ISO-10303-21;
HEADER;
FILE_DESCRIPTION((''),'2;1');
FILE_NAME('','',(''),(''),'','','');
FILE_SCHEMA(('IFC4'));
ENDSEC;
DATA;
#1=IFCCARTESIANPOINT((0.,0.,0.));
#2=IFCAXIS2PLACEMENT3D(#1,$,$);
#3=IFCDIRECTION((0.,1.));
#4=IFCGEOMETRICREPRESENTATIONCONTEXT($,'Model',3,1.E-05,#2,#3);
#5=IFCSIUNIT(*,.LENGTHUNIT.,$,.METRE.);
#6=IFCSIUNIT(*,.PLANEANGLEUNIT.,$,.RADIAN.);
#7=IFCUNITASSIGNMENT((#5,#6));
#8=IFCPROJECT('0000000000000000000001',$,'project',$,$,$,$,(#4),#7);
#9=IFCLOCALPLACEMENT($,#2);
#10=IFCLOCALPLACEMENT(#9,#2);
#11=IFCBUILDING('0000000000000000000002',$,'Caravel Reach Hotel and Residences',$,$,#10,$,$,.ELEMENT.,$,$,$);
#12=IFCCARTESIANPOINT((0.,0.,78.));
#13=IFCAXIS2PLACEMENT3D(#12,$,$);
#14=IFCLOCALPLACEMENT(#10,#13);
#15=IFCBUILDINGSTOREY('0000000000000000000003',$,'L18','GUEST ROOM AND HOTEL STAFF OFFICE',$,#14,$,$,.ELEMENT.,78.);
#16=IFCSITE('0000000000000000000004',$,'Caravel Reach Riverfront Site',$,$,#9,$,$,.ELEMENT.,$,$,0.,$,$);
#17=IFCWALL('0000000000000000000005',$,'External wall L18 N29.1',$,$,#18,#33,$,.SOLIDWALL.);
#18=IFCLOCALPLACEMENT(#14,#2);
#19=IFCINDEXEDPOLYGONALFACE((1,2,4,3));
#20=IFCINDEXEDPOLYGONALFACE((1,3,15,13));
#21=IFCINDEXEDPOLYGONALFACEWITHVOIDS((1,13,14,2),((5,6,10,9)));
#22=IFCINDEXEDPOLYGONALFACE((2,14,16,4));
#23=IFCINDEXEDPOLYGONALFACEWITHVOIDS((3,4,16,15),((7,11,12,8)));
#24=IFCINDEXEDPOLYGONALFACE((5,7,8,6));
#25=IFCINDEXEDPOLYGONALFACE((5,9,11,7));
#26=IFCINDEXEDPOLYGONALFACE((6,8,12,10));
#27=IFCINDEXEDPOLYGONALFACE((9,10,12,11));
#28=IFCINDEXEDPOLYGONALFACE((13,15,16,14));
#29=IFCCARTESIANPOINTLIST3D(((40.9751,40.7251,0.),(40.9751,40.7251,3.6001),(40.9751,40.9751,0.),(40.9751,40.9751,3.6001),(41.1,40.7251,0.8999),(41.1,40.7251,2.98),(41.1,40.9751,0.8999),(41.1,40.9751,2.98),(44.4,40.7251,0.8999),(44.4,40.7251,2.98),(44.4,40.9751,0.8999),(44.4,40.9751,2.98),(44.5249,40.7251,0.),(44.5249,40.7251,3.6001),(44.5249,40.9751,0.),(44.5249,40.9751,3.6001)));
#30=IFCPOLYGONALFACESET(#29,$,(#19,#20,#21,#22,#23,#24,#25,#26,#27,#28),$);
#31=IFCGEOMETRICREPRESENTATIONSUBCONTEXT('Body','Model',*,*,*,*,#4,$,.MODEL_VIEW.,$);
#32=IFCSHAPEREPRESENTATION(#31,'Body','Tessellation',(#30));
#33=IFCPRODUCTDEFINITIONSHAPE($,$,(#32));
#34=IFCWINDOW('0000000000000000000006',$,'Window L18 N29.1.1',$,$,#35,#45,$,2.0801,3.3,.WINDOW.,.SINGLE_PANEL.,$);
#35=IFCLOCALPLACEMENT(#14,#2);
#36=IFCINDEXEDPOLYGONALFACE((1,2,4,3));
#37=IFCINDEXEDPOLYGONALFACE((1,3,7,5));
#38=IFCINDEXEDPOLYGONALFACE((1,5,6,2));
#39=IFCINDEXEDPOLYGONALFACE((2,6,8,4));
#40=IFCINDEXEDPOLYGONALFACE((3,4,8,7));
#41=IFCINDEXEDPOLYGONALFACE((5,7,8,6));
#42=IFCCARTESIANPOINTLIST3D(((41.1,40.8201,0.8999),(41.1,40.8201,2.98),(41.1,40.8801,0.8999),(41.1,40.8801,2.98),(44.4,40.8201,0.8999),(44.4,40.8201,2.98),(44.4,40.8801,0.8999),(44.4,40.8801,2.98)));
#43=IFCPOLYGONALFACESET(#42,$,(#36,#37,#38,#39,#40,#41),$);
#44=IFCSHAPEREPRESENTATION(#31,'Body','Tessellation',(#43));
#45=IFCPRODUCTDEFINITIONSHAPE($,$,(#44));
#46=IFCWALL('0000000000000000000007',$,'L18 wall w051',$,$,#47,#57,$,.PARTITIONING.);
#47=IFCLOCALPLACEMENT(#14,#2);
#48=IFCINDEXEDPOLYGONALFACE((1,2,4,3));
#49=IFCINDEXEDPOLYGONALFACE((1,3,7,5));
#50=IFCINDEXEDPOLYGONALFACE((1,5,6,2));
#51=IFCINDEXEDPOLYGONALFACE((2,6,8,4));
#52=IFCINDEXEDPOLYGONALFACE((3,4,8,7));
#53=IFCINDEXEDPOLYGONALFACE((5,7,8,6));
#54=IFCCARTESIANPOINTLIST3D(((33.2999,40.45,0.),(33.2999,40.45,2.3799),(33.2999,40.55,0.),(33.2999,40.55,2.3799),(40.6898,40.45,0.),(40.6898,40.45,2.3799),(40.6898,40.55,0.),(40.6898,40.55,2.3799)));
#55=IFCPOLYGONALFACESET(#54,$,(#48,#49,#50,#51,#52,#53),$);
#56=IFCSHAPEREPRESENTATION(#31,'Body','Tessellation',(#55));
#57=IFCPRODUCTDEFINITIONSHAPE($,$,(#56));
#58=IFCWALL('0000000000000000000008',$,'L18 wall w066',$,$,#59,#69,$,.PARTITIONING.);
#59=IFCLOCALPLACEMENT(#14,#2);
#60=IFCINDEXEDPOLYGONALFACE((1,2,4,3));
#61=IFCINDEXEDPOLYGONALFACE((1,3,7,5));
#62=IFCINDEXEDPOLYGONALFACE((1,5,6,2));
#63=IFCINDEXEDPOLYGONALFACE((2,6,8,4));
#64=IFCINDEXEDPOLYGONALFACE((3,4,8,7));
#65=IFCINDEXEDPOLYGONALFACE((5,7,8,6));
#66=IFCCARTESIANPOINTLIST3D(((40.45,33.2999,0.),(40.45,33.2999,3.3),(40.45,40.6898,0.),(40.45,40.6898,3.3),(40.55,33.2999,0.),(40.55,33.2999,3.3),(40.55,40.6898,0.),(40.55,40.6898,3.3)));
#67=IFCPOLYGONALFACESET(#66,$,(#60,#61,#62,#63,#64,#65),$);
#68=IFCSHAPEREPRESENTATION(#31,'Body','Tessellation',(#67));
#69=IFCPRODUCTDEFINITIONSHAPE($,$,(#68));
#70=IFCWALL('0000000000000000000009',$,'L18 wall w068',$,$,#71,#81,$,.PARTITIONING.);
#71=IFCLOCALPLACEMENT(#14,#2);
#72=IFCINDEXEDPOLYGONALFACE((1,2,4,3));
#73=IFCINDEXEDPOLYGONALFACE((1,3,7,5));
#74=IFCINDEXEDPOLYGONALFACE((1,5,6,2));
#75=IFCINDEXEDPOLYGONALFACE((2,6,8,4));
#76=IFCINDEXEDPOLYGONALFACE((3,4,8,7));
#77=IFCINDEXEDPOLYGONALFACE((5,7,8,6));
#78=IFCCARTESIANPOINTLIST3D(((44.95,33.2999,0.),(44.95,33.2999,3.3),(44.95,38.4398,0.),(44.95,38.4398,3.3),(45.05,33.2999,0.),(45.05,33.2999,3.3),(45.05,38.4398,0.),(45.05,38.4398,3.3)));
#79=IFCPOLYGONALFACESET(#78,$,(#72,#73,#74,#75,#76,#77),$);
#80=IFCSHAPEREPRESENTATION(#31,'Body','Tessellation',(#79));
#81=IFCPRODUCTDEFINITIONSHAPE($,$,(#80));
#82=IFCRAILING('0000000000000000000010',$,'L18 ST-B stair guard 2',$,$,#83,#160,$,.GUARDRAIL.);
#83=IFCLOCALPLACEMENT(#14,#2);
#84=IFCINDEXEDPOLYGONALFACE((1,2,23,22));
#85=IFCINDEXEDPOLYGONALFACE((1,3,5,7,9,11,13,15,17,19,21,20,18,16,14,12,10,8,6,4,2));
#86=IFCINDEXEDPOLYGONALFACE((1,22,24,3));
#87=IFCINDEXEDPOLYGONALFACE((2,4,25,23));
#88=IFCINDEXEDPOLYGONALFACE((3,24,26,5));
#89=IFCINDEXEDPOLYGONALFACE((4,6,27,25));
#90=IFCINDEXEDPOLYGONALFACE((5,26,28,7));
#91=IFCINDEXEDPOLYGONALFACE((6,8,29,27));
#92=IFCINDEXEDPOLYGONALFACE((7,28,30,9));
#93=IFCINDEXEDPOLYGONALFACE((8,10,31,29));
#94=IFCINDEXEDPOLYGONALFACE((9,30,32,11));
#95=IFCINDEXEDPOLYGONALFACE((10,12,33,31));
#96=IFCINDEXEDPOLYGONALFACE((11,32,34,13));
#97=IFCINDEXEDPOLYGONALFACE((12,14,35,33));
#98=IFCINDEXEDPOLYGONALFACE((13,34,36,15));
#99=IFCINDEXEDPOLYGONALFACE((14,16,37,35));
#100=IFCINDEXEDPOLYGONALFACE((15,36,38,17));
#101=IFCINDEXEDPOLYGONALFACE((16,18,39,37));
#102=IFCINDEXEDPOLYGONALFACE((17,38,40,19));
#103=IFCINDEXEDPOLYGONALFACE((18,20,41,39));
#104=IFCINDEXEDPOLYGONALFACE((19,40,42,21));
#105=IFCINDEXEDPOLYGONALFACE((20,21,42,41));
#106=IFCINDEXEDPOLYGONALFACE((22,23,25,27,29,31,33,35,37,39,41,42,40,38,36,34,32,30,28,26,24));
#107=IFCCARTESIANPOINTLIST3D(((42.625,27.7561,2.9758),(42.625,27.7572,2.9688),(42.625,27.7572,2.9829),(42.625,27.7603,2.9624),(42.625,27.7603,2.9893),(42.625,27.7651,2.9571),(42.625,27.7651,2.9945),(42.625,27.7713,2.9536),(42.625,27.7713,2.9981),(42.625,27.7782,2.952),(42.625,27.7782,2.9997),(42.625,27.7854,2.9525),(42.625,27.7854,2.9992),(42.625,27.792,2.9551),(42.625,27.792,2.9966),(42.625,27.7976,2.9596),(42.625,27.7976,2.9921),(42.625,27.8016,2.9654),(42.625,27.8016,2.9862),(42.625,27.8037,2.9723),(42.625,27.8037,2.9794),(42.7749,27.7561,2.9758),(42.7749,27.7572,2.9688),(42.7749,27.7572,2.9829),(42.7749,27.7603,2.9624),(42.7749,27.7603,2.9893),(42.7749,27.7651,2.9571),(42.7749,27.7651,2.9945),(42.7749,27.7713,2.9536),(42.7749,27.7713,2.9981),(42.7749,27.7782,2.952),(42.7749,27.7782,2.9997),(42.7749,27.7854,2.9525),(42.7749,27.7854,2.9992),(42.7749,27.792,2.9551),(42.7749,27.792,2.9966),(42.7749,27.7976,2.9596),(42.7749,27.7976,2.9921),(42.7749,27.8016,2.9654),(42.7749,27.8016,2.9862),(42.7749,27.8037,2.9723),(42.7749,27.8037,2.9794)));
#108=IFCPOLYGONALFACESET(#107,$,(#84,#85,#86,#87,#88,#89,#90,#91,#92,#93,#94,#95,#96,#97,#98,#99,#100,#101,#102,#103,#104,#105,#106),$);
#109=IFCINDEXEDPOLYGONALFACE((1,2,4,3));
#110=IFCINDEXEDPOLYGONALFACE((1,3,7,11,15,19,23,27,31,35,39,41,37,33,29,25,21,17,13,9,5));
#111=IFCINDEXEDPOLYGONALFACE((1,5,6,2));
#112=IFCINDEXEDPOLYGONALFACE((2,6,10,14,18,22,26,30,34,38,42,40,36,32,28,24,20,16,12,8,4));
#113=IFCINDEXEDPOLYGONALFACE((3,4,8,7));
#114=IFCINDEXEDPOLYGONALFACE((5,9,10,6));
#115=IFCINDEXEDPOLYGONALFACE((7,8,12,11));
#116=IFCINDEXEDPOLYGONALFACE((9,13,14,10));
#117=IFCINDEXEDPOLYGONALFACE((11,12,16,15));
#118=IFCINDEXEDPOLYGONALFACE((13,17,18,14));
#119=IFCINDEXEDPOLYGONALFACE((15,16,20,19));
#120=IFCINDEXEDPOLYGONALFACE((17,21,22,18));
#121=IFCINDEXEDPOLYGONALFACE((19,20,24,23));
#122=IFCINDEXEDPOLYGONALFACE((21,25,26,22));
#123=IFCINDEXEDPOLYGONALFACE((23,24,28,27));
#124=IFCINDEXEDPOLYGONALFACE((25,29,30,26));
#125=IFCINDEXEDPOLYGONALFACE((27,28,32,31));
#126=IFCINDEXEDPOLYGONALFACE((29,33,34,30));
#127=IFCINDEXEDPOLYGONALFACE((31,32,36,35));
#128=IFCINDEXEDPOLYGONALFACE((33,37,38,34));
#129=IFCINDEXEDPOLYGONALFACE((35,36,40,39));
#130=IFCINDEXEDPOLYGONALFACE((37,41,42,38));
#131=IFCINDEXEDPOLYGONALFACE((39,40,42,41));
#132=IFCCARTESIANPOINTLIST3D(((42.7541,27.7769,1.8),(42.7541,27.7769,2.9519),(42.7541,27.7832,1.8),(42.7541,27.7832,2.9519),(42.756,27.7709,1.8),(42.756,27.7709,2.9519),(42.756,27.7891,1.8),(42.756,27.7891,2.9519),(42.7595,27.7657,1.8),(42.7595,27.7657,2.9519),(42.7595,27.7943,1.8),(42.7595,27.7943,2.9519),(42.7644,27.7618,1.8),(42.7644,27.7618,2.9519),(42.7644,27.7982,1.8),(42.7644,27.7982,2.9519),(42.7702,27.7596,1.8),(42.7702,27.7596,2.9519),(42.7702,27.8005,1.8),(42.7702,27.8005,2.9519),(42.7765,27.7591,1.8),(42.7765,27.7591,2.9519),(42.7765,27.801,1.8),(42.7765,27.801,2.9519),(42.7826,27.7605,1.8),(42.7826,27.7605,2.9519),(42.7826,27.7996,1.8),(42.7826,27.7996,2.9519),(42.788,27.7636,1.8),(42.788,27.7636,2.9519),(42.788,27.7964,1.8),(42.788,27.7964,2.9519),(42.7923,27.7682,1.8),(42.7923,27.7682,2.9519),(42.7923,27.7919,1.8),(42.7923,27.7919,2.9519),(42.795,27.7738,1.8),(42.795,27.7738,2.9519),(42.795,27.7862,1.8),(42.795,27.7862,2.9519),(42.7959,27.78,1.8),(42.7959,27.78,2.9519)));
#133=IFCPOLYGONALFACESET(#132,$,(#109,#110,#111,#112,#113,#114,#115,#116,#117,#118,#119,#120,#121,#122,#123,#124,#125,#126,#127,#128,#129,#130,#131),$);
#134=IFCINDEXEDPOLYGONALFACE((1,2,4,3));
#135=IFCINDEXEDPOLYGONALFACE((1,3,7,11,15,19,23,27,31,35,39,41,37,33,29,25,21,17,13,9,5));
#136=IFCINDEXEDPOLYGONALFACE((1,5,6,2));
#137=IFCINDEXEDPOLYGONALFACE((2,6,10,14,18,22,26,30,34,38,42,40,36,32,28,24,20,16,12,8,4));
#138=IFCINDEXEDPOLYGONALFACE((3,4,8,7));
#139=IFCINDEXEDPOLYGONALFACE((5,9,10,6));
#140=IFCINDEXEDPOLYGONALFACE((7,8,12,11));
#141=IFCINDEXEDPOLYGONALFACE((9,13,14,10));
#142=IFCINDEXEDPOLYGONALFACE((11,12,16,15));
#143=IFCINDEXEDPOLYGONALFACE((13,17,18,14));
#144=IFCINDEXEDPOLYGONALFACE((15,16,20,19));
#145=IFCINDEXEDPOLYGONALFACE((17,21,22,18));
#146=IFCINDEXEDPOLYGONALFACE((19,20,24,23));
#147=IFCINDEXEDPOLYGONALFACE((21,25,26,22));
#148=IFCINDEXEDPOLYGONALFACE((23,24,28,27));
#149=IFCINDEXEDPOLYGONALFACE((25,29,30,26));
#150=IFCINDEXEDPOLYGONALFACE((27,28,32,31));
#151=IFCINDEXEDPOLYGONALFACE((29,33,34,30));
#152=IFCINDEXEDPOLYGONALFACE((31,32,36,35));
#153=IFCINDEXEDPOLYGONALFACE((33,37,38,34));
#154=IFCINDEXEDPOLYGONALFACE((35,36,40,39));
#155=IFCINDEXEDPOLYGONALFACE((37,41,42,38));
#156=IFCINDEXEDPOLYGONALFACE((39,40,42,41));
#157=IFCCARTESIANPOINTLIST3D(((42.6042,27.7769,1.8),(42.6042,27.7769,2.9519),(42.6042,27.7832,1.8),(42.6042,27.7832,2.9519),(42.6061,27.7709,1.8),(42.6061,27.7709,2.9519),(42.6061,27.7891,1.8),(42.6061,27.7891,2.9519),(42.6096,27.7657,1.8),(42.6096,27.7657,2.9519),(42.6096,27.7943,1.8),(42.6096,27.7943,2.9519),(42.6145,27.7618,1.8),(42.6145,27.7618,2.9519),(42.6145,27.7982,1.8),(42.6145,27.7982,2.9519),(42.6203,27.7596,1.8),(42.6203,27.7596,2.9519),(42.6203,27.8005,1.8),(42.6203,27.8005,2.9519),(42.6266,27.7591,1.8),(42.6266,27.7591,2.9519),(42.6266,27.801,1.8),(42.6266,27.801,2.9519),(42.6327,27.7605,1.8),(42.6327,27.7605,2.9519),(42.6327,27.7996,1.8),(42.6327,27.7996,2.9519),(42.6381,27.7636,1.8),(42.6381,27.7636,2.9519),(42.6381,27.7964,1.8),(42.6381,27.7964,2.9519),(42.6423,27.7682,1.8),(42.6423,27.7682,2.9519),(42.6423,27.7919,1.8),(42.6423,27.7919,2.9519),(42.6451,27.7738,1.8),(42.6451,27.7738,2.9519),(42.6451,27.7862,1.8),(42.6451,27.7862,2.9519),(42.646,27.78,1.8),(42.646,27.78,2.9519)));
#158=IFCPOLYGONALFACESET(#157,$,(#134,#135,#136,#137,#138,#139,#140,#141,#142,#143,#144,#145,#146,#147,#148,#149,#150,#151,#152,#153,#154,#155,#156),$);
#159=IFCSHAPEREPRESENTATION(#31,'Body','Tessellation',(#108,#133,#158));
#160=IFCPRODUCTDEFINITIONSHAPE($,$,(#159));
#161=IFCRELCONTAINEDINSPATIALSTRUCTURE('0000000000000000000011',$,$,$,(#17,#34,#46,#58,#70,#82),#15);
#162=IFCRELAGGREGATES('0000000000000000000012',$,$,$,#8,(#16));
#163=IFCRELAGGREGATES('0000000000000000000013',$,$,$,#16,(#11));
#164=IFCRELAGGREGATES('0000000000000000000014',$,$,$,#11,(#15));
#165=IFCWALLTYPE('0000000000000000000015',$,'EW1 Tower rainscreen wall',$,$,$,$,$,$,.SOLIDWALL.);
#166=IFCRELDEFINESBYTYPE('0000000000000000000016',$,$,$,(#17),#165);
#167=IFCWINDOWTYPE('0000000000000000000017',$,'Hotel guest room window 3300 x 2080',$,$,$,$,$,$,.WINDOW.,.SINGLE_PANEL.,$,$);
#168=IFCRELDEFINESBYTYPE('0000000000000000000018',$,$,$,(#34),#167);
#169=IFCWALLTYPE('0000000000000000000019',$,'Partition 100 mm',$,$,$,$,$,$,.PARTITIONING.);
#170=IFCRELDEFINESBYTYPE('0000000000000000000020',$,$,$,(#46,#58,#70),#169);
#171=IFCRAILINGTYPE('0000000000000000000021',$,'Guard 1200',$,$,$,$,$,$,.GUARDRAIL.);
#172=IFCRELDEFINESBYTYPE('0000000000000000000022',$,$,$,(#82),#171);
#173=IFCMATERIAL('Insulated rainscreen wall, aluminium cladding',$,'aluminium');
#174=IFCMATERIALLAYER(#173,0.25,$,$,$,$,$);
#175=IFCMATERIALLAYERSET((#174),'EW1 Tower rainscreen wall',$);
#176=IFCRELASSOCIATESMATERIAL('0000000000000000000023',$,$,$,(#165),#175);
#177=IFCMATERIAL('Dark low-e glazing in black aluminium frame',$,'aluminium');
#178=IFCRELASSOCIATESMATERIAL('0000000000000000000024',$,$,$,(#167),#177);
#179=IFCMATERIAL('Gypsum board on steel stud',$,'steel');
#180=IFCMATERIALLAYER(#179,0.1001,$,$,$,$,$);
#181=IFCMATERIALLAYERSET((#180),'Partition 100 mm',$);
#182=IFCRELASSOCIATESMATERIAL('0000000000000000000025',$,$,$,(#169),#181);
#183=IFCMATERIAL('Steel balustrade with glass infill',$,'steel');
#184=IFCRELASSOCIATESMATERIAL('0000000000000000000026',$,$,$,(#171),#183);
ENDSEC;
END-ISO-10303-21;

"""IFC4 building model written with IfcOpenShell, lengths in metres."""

from ifc_helpers import new_model, si_unit, direction, frame, frame_2d, origin, origin_2d, place, context, subcontext, project, spatial, rectangle, circle, extrude, material, layer, layer_set, type_object, element, fill, save


model = new_model("IFC4")

# Units and contexts
model_context = context("Model", 3, precision=1e-05, world=origin(), true_north=direction((0.0, 1.0)))
body_context = subcontext(model_context, "Body", "Model", "MODEL_VIEW")
ifc_project = project(units=[si_unit("LENGTHUNIT", "METRE"), si_unit("PLANEANGLEUNIT", "RADIAN")], contexts=[model_context])

# Site, building, storey
site_placement = place(None, origin())
site = spatial("IfcSite", under=ifc_project, at=site_placement, Name="Caravel Reach Riverfront Site", CompositionType="ELEMENT", RefElevation=0.0)
building_placement = place(site_placement, origin())
building = spatial("IfcBuilding", under=site, at=building_placement, Name="Caravel Reach Hotel and Residences", CompositionType="ELEMENT")
storey_placement = place(building_placement, frame((0.0, 0.0, 78.0)))
storey = spatial("IfcBuildingStorey", under=building, at=storey_placement, Name="L18", Description="GUEST ROOM AND HOTEL STAFF OFFICE", CompositionType="ELEMENT", Elevation=78.0)

# Wall, opening, window
ifc_material_1 = material(Name="Insulated rainscreen wall, aluminium cladding", Category="aluminium")
ifc_layer_1 = layer(ifc_material_1, 0.25)
ifc_layer_set_1 = layer_set([ifc_layer_1], Name="EW1 Tower rainscreen wall")
wall_type_1 = type_object("IfcWallType", Name="EW1 Tower rainscreen wall", PredefinedType="SOLIDWALL", material=ifc_layer_set_1)
wall_1_placement = place(storey_placement, frame((44.5249, 40.8501, 0.0), z_axis=(0.0, 0.0, 1.0), x_axis=(-1.0, 0.0, 0.0)))
wall_1 = element("IfcWall", 1, at=wall_1_placement, inside=storey, type_object=wall_type_1, Name="External wall L18 N29.1", PredefinedType="SOLIDWALL", context=body_context, shape_type="SweptSolid", body=[
    extrude(rectangle(XDim=3.5498, YDim=0.25, at=frame_2d((1.7749, 0.0))), origin(), (0.0, 0.0, 1.0), 3.6001),
])
opening_1_placement = place(wall_1_placement, frame((0.125, 0.0, 0.8999)))
opening_1 = element("IfcOpeningElement", 2, at=opening_1_placement, cuts=wall_1, PredefinedType="OPENING", context=body_context, shape_type="SweptSolid", body=[
    extrude(rectangle(XDim=3.3, YDim=2.0801, at=frame_2d((1.6499, 1.04))), frame((0.0, 0.135, 0.0), z_axis=(0.0, -1.0, 0.0), x_axis=(1.0, 0.0, 0.0)), (0.0, 0.0, 1.0), 0.27),
])
ifc_material_2 = material(Name="Dark low-e glazing in black aluminium frame", Category="aluminium")
window_type = type_object("IfcWindowType", Name="Hotel guest room window 3300 x 2080", PartitioningType="SINGLE_PANEL", PredefinedType="WINDOW", material=ifc_material_2)
window_placement = place(opening_1_placement, origin())
window = element("IfcWindow", 3, at=window_placement, inside=storey, type_object=window_type, Name="Window L18 N29.1.1", OverallHeight=2.0801, OverallWidth=3.3, PartitioningType="SINGLE_PANEL", PredefinedType="WINDOW", context=body_context, shape_type="SweptSolid", body=[
    extrude(rectangle(XDim=3.3, YDim=2.0801, at=frame_2d((1.6499, 1.04))), frame((0.0, 0.03, 0.0), z_axis=(0.0, -1.0, 0.0), x_axis=(1.0, 0.0, 0.0)), (0.0, 0.0, 1.0), 0.0601),
])
fill(opening_1, window)

# Walls
ifc_material_3 = material(Name="Gypsum board on steel stud", Category="steel")
ifc_layer_2 = layer(ifc_material_3, 0.1001)
ifc_layer_set_2 = layer_set([ifc_layer_2], Name="Partition 100 mm")
wall_type_2 = type_object("IfcWallType", Name="Partition 100 mm", PredefinedType="PARTITIONING", material=ifc_layer_set_2)
wall_2_placement = place(storey_placement, frame((33.3, 40.5, 0.0), z_axis=(0.0, 0.0, 1.0), x_axis=(1.0, 0.0, 0.0)))
element("IfcWall", 4, at=wall_2_placement, inside=storey, type_object=wall_type_2, Name="L18 wall w051", PredefinedType="PARTITIONING", context=body_context, shape_type="SweptSolid", body=[
    extrude(rectangle(XDim=7.3899, YDim=0.1001, at=frame_2d((3.6948, 0.0))), origin(), (0.0, 0.0, 1.0), 2.3799),
])
wall_3_placement = place(storey_placement, frame((40.5, 33.3, 0.0), z_axis=(0.0, 0.0, 1.0), x_axis=(0.0, 1.0, 0.0)))
element("IfcWall", 5, at=wall_3_placement, inside=storey, type_object=wall_type_2, Name="L18 wall w066", PredefinedType="PARTITIONING", context=body_context, shape_type="SweptSolid", body=[
    extrude(rectangle(XDim=7.3899, YDim=0.1001, at=frame_2d((3.6948, 0.0))), origin(), (0.0, 0.0, 1.0), 3.3),
])
wall_4_placement = place(storey_placement, frame((45.0, 33.3, 0.0), z_axis=(0.0, 0.0, 1.0), x_axis=(0.0, 1.0, 0.0)))
element("IfcWall", 6, at=wall_4_placement, inside=storey, type_object=wall_type_2, Name="L18 wall w068", PredefinedType="PARTITIONING", context=body_context, shape_type="SweptSolid", body=[
    extrude(rectangle(XDim=5.1399, YDim=0.1001, at=frame_2d((2.5698, 0.0))), origin(), (0.0, 0.0, 1.0), 3.3),
])

# Railing
ifc_material_4 = material(Name="Steel balustrade with glass infill", Category="steel")
railing_type_1 = type_object("IfcRailingType", Name="Guard 1200", PredefinedType="GUARDRAIL", material=ifc_material_4)
railing_1_placement = place(storey_placement, frame((42.7749, 27.78, 1.8)))
element("IfcRailing", 7, at=railing_1_placement, inside=storey, type_object=railing_type_1, Name="L18 ST-B stair guard 2", PredefinedType="GUARDRAIL", context=body_context, shape_type="SweptSolid", body=[
    extrude(circle(Radius=0.0239, at=origin_2d()), frame((0.0, 0.0, 1.1758), z_axis=(-1.0, 0.0, 0.0), x_axis=(0.0, -1.0, 0.0)), (0.0, 0.0, 1.0), 0.1499),
    extrude(circle(Radius=0.021, at=origin_2d()), origin(), (0.0, 0.0, 1.0), 1.1519),
    extrude(circle(Radius=0.021, at=origin_2d()), frame((-0.1499, 0.0, 0.0)), (0.0, 0.0, 1.0), 1.1519),
])

save(model, "model.ifc")
